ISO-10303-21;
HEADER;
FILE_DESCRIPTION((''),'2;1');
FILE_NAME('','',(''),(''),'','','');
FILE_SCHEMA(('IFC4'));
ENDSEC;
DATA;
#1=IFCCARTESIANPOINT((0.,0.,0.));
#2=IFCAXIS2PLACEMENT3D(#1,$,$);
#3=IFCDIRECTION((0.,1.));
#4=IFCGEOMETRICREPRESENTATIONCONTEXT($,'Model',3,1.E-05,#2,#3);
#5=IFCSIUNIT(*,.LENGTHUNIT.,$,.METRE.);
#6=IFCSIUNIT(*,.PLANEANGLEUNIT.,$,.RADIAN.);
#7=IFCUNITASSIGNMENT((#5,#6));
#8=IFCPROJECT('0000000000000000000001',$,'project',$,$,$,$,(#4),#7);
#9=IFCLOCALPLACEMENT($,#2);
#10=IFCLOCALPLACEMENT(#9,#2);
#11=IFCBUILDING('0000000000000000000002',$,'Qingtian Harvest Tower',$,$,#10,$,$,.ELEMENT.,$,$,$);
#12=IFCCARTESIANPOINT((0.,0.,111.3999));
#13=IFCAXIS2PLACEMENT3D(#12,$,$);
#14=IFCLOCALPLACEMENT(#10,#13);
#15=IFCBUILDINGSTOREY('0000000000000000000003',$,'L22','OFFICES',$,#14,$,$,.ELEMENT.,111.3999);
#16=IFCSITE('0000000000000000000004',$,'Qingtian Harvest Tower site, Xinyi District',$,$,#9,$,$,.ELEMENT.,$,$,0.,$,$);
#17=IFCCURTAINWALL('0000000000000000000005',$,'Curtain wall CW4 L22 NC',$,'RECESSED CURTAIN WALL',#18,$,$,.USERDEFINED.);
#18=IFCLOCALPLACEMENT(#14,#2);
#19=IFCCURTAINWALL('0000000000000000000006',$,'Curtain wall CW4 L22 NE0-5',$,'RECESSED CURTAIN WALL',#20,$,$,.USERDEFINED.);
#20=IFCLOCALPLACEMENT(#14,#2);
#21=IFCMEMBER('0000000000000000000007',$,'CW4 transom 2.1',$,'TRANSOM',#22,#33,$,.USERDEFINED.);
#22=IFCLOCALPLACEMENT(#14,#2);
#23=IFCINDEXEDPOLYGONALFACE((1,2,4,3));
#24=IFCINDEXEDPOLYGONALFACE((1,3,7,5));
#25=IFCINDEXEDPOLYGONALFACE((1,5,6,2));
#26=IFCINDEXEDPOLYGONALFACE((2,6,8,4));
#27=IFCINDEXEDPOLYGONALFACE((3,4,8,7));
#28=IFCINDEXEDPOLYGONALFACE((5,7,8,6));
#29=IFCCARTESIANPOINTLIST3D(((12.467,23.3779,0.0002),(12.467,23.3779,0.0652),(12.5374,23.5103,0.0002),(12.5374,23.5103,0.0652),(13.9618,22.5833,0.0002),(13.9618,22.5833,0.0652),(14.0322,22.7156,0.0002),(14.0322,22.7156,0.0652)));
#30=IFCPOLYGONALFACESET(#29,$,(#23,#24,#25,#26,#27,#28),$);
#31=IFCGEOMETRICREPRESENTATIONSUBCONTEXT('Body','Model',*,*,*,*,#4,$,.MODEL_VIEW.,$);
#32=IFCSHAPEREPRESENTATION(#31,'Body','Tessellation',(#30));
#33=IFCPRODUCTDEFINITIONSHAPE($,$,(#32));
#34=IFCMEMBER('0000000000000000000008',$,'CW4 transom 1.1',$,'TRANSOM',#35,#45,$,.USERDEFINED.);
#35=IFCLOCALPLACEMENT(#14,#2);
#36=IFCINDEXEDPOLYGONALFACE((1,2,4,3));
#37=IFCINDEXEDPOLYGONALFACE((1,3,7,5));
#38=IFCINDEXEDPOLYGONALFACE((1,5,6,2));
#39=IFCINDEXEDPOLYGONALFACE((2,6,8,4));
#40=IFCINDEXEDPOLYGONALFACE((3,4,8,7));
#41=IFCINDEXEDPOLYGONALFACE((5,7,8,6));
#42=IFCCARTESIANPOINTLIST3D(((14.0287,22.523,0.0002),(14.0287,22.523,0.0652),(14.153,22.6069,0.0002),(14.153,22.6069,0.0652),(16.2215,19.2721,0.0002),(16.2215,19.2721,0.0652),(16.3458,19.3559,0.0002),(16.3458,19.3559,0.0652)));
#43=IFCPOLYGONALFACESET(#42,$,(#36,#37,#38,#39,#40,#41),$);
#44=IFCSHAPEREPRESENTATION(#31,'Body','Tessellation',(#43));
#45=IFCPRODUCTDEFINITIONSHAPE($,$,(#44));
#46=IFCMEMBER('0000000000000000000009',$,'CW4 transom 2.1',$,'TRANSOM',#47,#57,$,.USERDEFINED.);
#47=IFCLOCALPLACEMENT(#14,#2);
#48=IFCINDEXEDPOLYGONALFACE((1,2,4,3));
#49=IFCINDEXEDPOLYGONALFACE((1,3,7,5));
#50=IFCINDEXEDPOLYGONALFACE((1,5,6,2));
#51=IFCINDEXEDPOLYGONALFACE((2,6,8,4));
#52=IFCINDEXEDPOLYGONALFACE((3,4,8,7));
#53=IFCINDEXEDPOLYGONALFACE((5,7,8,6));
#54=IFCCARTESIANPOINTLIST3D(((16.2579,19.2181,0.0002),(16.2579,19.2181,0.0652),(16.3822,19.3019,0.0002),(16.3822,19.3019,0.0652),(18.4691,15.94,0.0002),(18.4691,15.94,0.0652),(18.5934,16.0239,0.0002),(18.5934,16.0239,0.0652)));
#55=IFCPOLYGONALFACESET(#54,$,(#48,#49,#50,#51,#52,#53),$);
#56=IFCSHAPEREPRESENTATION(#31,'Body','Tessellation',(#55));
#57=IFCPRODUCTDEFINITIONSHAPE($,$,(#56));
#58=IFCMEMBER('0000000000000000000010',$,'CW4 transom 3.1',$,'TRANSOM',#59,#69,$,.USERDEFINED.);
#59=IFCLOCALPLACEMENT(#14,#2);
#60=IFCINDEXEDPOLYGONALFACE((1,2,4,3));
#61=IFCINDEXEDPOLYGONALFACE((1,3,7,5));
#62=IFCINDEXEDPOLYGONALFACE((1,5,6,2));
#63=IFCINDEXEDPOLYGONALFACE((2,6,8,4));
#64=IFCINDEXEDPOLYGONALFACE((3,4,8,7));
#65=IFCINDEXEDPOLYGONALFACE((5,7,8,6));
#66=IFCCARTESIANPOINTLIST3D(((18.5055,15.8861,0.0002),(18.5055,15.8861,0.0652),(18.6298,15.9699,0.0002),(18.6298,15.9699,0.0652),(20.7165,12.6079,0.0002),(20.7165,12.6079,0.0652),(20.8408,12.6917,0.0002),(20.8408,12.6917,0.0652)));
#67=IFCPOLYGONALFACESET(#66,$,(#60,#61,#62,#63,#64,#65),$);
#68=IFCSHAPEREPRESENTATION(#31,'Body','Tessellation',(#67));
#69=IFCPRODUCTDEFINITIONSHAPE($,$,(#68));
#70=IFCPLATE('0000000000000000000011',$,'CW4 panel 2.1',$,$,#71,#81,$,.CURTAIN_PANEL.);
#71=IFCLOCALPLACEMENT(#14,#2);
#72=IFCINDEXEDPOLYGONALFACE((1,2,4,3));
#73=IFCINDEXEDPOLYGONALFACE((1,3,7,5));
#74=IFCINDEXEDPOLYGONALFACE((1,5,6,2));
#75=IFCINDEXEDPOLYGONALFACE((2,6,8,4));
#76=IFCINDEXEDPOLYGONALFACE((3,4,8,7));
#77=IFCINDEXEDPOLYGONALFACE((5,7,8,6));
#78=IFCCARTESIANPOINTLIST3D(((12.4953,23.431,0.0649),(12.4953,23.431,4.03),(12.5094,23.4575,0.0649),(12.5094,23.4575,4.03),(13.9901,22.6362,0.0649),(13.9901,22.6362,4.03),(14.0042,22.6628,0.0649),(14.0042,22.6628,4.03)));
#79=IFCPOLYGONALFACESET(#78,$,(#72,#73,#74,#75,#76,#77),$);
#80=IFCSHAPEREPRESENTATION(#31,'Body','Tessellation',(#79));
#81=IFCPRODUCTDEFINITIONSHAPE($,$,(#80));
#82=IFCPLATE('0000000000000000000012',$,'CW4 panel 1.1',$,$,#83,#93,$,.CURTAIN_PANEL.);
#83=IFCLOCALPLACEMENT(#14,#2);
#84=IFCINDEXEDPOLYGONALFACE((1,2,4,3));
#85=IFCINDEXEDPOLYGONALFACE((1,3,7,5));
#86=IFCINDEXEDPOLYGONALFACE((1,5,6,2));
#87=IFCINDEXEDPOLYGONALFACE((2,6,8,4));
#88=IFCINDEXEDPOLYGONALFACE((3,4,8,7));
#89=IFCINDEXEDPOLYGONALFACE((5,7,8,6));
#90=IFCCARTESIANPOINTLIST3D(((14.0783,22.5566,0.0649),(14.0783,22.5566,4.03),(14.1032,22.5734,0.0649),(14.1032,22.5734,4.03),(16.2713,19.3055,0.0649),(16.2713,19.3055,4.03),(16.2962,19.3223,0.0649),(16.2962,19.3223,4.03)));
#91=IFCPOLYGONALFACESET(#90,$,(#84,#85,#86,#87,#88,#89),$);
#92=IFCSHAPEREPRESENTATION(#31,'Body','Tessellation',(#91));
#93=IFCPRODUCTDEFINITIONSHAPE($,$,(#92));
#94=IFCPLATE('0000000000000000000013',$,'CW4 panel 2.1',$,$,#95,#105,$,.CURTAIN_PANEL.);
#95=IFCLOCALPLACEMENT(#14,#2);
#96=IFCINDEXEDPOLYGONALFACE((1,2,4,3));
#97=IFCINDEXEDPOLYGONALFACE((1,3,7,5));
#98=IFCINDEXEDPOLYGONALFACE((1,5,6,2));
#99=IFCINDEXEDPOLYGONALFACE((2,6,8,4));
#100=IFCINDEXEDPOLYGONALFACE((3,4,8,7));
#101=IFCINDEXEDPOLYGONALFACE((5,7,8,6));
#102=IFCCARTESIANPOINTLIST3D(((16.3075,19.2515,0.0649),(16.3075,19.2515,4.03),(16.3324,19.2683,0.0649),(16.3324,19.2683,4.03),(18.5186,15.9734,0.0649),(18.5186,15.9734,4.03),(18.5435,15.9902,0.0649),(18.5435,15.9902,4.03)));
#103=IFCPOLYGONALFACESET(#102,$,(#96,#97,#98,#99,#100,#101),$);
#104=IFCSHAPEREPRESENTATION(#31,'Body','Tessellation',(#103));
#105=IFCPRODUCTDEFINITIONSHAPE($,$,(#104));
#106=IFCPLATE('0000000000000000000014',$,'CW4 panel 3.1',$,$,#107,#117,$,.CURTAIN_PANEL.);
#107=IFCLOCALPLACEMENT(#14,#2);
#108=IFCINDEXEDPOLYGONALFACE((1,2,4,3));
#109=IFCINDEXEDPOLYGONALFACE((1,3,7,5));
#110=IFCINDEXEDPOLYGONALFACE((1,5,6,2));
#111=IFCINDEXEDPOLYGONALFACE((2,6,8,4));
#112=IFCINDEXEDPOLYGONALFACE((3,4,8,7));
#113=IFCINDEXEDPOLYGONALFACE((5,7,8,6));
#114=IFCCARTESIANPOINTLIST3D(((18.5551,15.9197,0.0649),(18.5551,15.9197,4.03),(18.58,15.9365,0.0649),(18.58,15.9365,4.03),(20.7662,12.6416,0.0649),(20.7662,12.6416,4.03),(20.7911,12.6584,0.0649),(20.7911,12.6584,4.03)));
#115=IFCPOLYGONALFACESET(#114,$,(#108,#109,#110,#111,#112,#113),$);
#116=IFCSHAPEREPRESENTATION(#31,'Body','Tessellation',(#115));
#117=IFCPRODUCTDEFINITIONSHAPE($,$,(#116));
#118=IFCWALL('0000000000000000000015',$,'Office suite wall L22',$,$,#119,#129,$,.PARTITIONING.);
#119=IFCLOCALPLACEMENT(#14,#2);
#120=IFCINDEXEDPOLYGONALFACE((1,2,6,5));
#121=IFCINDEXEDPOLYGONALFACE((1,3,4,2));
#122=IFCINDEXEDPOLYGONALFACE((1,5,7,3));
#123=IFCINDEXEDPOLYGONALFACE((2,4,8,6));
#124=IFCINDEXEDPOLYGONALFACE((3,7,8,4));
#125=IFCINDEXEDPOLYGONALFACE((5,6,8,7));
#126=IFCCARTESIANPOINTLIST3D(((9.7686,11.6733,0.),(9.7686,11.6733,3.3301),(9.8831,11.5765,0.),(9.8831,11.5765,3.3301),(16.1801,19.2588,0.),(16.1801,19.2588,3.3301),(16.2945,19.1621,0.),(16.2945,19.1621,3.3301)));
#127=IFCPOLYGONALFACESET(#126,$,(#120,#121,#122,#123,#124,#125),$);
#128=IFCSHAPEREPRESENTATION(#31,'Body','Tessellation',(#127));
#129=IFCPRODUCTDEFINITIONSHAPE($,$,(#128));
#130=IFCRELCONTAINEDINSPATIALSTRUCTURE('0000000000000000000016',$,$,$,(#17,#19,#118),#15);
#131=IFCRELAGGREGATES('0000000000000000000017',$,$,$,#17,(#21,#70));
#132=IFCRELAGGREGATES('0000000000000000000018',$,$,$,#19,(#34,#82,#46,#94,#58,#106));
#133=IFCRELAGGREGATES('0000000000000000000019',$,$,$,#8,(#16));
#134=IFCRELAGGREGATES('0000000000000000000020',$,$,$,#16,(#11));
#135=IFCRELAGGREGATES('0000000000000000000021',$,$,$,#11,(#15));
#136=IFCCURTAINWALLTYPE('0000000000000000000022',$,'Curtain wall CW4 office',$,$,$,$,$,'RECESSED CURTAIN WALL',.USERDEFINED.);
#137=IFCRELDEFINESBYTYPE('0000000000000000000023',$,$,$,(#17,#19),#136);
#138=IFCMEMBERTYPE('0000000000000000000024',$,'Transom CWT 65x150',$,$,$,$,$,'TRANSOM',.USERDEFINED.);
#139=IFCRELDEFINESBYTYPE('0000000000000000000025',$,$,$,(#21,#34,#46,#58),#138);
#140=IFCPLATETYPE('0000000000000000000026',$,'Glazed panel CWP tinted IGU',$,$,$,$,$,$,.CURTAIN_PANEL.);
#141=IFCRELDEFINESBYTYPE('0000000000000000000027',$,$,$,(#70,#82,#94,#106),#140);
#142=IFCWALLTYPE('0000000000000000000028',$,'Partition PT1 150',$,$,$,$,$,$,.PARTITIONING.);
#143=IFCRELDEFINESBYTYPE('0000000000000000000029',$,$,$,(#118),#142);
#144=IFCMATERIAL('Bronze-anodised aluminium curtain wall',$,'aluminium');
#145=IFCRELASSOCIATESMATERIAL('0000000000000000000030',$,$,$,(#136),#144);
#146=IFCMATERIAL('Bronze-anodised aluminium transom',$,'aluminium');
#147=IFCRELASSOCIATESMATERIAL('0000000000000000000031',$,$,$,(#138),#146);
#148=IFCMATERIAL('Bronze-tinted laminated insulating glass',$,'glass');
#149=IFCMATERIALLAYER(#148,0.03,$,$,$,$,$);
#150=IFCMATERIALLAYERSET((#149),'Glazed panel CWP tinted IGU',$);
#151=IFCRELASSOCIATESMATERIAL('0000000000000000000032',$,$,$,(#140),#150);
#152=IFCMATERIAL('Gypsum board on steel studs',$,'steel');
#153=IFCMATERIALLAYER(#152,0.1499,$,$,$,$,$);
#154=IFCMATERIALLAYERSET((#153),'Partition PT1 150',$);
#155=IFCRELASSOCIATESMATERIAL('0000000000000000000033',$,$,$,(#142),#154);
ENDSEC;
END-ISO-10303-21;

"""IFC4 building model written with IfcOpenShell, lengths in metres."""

from ifc_helpers import new_model, si_unit, direction, frame, frame_2d, origin, origin_2d, place, context, subcontext, project, spatial, rectangle, extrude, material, layer, layer_set, material_profile, profile_set, type_object, element, aggregate, save


model = new_model("IFC4")

# Units and contexts
model_context = context("Model", 3, precision=1e-05, world=origin(), true_north=direction((0.0, 1.0)))
body_context = subcontext(model_context, "Body", "Model", "MODEL_VIEW")
ifc_project = project(units=[si_unit("LENGTHUNIT", "METRE"), si_unit("PLANEANGLEUNIT", "RADIAN")], contexts=[model_context])

# Site, building, storey
site_placement = place(None, origin())
site = spatial("IfcSite", under=ifc_project, at=site_placement, Name="Qingtian Harvest Tower site, Xinyi District", CompositionType="ELEMENT", RefElevation=0.0)
building_placement = place(site_placement, origin())
building = spatial("IfcBuilding", under=site, at=building_placement, Name="Qingtian Harvest Tower", CompositionType="ELEMENT")
storey_placement = place(building_placement, frame((0.0, 0.0, 111.3999)))
storey = spatial("IfcBuildingStorey", under=building, at=storey_placement, Name="L22", Description="OFFICES", CompositionType="ELEMENT", Elevation=111.3999)

# Curtain walls
ifc_material_1 = material(Name="Bronze-anodised aluminium curtain wall", Category="aluminium")
curtain_wall_type = type_object("IfcCurtainWallType", Name="Curtain wall CW4 office", ElementType="RECESSED CURTAIN WALL", PredefinedType="USERDEFINED", material=ifc_material_1)
curtain_wall_1_placement = place(storey_placement, origin())
curtain_wall_1 = element("IfcCurtainWall", 1, at=curtain_wall_1_placement, inside=storey, type_object=curtain_wall_type, Name="Curtain wall CW4 L22 NC", ObjectType="RECESSED CURTAIN WALL", PredefinedType="USERDEFINED")
curtain_wall_2_placement = place(storey_placement, origin())
curtain_wall_2 = element("IfcCurtainWall", 2, at=curtain_wall_2_placement, inside=storey, type_object=curtain_wall_type, Name="Curtain wall CW4 L22 NE0-5", ObjectType="RECESSED CURTAIN WALL", PredefinedType="USERDEFINED")

# Members
ifc_material_2 = material(Name="Bronze-anodised aluminium transom", Category="aluminium")
ifc_material_profile_1 = material_profile(ifc_material_2, rectangle(XDim=0.1499, YDim=0.0649, at=origin_2d()), Name="AL 65x150")
ifc_profile_set_1 = profile_set([ifc_material_profile_1], Name="Bronze-anodised aluminium transom")
member_type_1 = type_object("IfcMemberType", Name="Transom CWT 65x150", ElementType="TRANSOM", PredefinedType="USERDEFINED", material=ifc_profile_set_1)
member_1_placement = place(storey_placement, frame((12.5022, 23.4441, 0.0327), z_axis=(0.882987, -0.469398, 0.0), x_axis=(0.469398, 0.882987, 0.0)))
member_1 = element("IfcMember", 3, at=member_1_placement, type_object=member_type_1, Name="CW4 transom 2.1", ObjectType="TRANSOM", PredefinedType="USERDEFINED", context=body_context, shape_type="SweptSolid", body=[
    extrude(rectangle(XDim=0.1499, YDim=0.0649, at=origin_2d()), origin(), (0.0, 0.0, 1.0), 1.6929),
])
member_2_placement = place(storey_placement, frame((14.0908, 22.5649, 0.0327), z_axis=(0.559203, -0.829031, 0.0), x_axis=(0.829031, 0.559203, 0.0)))
member_2 = element("IfcMember", 4, at=member_2_placement, type_object=member_type_1, Name="CW4 transom 1.1", ObjectType="TRANSOM", PredefinedType="USERDEFINED", context=body_context, shape_type="SweptSolid", body=[
    extrude(rectangle(XDim=0.1499, YDim=0.0649, at=origin_2d()), origin(), (0.0, 0.0, 1.0), 3.9214),
])
member_3_placement = place(storey_placement, frame((16.3201, 19.26, 0.0327), z_axis=(0.559209, -0.829027, 0.0), x_axis=(0.829027, 0.559209, 0.0)))
member_3 = element("IfcMember", 5, at=member_3_placement, type_object=member_type_1, Name="CW4 transom 2.1", ObjectType="TRANSOM", PredefinedType="USERDEFINED", context=body_context, shape_type="SweptSolid", body=[
    extrude(rectangle(XDim=0.1499, YDim=0.0649, at=origin_2d()), origin(), (0.0, 0.0, 1.0), 3.9541),
])
member_4_placement = place(storey_placement, frame((18.5676, 15.928, 0.0327), z_axis=(0.559166, -0.829055, 0.0), x_axis=(0.829055, 0.559166, 0.0)))
member_4 = element("IfcMember", 6, at=member_4_placement, type_object=member_type_1, Name="CW4 transom 3.1", ObjectType="TRANSOM", PredefinedType="USERDEFINED", context=body_context, shape_type="SweptSolid", body=[
    extrude(rectangle(XDim=0.1499, YDim=0.0649, at=origin_2d()), origin(), (0.0, 0.0, 1.0), 3.9541),
])

# Plates
ifc_material_3 = material(Name="Bronze-tinted laminated insulating glass", Category="glass")
ifc_layer_1 = layer(ifc_material_3, 0.03)
ifc_layer_set_1 = layer_set([ifc_layer_1], Name="Glazed panel CWP tinted IGU")
plate_type = type_object("IfcPlateType", Name="Glazed panel CWP tinted IGU", PredefinedType="CURTAIN_PANEL", material=ifc_layer_set_1)
plate_1_placement = place(storey_placement, frame((13.2498, 23.0469, 0.0649), z_axis=(0.0, 0.0, 1.0), x_axis=(0.882948, -0.469472, 0.0)))
plate_1 = element("IfcPlate", 7, at=plate_1_placement, type_object=plate_type, Name="CW4 panel 2.1", PredefinedType="CURTAIN_PANEL", context=body_context, shape_type="SweptSolid", body=[
    extrude(rectangle(XDim=1.6929, YDim=0.03, at=origin_2d()), origin(), (0.0, 0.0, 1.0), 3.9651),
])
aggregate(curtain_wall_1, [member_1, plate_1])
plate_2_placement = place(storey_placement, frame((15.1873, 20.9395, 0.0649), z_axis=(0.0, 0.0, 1.0), x_axis=(0.559193, -0.829038, 0.0)))
plate_2 = element("IfcPlate", 8, at=plate_2_placement, type_object=plate_type, Name="CW4 panel 1.1", PredefinedType="CURTAIN_PANEL", context=body_context, shape_type="SweptSolid", body=[
    extrude(rectangle(XDim=3.9216, YDim=0.03, at=origin_2d()), origin(), (0.0, 0.0, 1.0), 3.9651),
])
plate_3_placement = place(storey_placement, frame((17.4255, 17.6208, 0.0649), z_axis=(0.0, 0.0, 1.0), x_axis=(0.559193, -0.829038, 0.0)))
plate_3 = element("IfcPlate", 9, at=plate_3_placement, type_object=plate_type, Name="CW4 panel 2.1", PredefinedType="CURTAIN_PANEL", context=body_context, shape_type="SweptSolid", body=[
    extrude(rectangle(XDim=3.9541, YDim=0.03, at=origin_2d()), origin(), (0.0, 0.0, 1.0), 3.9651),
])
plate_4_placement = place(storey_placement, frame((19.6731, 14.2891, 0.0649), z_axis=(0.0, 0.0, 1.0), x_axis=(0.559193, -0.829038, 0.0)))
plate_4 = element("IfcPlate", 10, at=plate_4_placement, type_object=plate_type, Name="CW4 panel 3.1", PredefinedType="CURTAIN_PANEL", context=body_context, shape_type="SweptSolid", body=[
    extrude(rectangle(XDim=3.9541, YDim=0.03, at=origin_2d()), origin(), (0.0, 0.0, 1.0), 3.9651),
])
aggregate(curtain_wall_2, [member_2, plate_2, member_3, plate_3, member_4, plate_4])

# Wall
ifc_material_4 = material(Name="Gypsum board on steel studs", Category="steel")
ifc_layer_2 = layer(ifc_material_4, 0.1499)
ifc_layer_set_2 = layer_set([ifc_layer_2], Name="Partition PT1 150")
wall_type = type_object("IfcWallType", Name="Partition PT1 150", PredefinedType="PARTITIONING", material=ifc_layer_set_2)
wall_placement = place(storey_placement, frame((16.2373, 19.2104, 0.0), z_axis=(0.0, 0.0, 1.0), x_axis=(-0.645527, -0.763738, 0.0)))
element("IfcWall", 11, at=wall_placement, inside=storey, type_object=wall_type, Name="Office suite wall L22", PredefinedType="PARTITIONING", context=body_context, shape_type="SweptSolid", body=[
    extrude(rectangle(XDim=9.9321, YDim=0.1499, at=frame_2d((4.9661, 0.0))), origin(), (0.0, 0.0, 1.0), 3.3301),
])

save(model, "model.ifc")
